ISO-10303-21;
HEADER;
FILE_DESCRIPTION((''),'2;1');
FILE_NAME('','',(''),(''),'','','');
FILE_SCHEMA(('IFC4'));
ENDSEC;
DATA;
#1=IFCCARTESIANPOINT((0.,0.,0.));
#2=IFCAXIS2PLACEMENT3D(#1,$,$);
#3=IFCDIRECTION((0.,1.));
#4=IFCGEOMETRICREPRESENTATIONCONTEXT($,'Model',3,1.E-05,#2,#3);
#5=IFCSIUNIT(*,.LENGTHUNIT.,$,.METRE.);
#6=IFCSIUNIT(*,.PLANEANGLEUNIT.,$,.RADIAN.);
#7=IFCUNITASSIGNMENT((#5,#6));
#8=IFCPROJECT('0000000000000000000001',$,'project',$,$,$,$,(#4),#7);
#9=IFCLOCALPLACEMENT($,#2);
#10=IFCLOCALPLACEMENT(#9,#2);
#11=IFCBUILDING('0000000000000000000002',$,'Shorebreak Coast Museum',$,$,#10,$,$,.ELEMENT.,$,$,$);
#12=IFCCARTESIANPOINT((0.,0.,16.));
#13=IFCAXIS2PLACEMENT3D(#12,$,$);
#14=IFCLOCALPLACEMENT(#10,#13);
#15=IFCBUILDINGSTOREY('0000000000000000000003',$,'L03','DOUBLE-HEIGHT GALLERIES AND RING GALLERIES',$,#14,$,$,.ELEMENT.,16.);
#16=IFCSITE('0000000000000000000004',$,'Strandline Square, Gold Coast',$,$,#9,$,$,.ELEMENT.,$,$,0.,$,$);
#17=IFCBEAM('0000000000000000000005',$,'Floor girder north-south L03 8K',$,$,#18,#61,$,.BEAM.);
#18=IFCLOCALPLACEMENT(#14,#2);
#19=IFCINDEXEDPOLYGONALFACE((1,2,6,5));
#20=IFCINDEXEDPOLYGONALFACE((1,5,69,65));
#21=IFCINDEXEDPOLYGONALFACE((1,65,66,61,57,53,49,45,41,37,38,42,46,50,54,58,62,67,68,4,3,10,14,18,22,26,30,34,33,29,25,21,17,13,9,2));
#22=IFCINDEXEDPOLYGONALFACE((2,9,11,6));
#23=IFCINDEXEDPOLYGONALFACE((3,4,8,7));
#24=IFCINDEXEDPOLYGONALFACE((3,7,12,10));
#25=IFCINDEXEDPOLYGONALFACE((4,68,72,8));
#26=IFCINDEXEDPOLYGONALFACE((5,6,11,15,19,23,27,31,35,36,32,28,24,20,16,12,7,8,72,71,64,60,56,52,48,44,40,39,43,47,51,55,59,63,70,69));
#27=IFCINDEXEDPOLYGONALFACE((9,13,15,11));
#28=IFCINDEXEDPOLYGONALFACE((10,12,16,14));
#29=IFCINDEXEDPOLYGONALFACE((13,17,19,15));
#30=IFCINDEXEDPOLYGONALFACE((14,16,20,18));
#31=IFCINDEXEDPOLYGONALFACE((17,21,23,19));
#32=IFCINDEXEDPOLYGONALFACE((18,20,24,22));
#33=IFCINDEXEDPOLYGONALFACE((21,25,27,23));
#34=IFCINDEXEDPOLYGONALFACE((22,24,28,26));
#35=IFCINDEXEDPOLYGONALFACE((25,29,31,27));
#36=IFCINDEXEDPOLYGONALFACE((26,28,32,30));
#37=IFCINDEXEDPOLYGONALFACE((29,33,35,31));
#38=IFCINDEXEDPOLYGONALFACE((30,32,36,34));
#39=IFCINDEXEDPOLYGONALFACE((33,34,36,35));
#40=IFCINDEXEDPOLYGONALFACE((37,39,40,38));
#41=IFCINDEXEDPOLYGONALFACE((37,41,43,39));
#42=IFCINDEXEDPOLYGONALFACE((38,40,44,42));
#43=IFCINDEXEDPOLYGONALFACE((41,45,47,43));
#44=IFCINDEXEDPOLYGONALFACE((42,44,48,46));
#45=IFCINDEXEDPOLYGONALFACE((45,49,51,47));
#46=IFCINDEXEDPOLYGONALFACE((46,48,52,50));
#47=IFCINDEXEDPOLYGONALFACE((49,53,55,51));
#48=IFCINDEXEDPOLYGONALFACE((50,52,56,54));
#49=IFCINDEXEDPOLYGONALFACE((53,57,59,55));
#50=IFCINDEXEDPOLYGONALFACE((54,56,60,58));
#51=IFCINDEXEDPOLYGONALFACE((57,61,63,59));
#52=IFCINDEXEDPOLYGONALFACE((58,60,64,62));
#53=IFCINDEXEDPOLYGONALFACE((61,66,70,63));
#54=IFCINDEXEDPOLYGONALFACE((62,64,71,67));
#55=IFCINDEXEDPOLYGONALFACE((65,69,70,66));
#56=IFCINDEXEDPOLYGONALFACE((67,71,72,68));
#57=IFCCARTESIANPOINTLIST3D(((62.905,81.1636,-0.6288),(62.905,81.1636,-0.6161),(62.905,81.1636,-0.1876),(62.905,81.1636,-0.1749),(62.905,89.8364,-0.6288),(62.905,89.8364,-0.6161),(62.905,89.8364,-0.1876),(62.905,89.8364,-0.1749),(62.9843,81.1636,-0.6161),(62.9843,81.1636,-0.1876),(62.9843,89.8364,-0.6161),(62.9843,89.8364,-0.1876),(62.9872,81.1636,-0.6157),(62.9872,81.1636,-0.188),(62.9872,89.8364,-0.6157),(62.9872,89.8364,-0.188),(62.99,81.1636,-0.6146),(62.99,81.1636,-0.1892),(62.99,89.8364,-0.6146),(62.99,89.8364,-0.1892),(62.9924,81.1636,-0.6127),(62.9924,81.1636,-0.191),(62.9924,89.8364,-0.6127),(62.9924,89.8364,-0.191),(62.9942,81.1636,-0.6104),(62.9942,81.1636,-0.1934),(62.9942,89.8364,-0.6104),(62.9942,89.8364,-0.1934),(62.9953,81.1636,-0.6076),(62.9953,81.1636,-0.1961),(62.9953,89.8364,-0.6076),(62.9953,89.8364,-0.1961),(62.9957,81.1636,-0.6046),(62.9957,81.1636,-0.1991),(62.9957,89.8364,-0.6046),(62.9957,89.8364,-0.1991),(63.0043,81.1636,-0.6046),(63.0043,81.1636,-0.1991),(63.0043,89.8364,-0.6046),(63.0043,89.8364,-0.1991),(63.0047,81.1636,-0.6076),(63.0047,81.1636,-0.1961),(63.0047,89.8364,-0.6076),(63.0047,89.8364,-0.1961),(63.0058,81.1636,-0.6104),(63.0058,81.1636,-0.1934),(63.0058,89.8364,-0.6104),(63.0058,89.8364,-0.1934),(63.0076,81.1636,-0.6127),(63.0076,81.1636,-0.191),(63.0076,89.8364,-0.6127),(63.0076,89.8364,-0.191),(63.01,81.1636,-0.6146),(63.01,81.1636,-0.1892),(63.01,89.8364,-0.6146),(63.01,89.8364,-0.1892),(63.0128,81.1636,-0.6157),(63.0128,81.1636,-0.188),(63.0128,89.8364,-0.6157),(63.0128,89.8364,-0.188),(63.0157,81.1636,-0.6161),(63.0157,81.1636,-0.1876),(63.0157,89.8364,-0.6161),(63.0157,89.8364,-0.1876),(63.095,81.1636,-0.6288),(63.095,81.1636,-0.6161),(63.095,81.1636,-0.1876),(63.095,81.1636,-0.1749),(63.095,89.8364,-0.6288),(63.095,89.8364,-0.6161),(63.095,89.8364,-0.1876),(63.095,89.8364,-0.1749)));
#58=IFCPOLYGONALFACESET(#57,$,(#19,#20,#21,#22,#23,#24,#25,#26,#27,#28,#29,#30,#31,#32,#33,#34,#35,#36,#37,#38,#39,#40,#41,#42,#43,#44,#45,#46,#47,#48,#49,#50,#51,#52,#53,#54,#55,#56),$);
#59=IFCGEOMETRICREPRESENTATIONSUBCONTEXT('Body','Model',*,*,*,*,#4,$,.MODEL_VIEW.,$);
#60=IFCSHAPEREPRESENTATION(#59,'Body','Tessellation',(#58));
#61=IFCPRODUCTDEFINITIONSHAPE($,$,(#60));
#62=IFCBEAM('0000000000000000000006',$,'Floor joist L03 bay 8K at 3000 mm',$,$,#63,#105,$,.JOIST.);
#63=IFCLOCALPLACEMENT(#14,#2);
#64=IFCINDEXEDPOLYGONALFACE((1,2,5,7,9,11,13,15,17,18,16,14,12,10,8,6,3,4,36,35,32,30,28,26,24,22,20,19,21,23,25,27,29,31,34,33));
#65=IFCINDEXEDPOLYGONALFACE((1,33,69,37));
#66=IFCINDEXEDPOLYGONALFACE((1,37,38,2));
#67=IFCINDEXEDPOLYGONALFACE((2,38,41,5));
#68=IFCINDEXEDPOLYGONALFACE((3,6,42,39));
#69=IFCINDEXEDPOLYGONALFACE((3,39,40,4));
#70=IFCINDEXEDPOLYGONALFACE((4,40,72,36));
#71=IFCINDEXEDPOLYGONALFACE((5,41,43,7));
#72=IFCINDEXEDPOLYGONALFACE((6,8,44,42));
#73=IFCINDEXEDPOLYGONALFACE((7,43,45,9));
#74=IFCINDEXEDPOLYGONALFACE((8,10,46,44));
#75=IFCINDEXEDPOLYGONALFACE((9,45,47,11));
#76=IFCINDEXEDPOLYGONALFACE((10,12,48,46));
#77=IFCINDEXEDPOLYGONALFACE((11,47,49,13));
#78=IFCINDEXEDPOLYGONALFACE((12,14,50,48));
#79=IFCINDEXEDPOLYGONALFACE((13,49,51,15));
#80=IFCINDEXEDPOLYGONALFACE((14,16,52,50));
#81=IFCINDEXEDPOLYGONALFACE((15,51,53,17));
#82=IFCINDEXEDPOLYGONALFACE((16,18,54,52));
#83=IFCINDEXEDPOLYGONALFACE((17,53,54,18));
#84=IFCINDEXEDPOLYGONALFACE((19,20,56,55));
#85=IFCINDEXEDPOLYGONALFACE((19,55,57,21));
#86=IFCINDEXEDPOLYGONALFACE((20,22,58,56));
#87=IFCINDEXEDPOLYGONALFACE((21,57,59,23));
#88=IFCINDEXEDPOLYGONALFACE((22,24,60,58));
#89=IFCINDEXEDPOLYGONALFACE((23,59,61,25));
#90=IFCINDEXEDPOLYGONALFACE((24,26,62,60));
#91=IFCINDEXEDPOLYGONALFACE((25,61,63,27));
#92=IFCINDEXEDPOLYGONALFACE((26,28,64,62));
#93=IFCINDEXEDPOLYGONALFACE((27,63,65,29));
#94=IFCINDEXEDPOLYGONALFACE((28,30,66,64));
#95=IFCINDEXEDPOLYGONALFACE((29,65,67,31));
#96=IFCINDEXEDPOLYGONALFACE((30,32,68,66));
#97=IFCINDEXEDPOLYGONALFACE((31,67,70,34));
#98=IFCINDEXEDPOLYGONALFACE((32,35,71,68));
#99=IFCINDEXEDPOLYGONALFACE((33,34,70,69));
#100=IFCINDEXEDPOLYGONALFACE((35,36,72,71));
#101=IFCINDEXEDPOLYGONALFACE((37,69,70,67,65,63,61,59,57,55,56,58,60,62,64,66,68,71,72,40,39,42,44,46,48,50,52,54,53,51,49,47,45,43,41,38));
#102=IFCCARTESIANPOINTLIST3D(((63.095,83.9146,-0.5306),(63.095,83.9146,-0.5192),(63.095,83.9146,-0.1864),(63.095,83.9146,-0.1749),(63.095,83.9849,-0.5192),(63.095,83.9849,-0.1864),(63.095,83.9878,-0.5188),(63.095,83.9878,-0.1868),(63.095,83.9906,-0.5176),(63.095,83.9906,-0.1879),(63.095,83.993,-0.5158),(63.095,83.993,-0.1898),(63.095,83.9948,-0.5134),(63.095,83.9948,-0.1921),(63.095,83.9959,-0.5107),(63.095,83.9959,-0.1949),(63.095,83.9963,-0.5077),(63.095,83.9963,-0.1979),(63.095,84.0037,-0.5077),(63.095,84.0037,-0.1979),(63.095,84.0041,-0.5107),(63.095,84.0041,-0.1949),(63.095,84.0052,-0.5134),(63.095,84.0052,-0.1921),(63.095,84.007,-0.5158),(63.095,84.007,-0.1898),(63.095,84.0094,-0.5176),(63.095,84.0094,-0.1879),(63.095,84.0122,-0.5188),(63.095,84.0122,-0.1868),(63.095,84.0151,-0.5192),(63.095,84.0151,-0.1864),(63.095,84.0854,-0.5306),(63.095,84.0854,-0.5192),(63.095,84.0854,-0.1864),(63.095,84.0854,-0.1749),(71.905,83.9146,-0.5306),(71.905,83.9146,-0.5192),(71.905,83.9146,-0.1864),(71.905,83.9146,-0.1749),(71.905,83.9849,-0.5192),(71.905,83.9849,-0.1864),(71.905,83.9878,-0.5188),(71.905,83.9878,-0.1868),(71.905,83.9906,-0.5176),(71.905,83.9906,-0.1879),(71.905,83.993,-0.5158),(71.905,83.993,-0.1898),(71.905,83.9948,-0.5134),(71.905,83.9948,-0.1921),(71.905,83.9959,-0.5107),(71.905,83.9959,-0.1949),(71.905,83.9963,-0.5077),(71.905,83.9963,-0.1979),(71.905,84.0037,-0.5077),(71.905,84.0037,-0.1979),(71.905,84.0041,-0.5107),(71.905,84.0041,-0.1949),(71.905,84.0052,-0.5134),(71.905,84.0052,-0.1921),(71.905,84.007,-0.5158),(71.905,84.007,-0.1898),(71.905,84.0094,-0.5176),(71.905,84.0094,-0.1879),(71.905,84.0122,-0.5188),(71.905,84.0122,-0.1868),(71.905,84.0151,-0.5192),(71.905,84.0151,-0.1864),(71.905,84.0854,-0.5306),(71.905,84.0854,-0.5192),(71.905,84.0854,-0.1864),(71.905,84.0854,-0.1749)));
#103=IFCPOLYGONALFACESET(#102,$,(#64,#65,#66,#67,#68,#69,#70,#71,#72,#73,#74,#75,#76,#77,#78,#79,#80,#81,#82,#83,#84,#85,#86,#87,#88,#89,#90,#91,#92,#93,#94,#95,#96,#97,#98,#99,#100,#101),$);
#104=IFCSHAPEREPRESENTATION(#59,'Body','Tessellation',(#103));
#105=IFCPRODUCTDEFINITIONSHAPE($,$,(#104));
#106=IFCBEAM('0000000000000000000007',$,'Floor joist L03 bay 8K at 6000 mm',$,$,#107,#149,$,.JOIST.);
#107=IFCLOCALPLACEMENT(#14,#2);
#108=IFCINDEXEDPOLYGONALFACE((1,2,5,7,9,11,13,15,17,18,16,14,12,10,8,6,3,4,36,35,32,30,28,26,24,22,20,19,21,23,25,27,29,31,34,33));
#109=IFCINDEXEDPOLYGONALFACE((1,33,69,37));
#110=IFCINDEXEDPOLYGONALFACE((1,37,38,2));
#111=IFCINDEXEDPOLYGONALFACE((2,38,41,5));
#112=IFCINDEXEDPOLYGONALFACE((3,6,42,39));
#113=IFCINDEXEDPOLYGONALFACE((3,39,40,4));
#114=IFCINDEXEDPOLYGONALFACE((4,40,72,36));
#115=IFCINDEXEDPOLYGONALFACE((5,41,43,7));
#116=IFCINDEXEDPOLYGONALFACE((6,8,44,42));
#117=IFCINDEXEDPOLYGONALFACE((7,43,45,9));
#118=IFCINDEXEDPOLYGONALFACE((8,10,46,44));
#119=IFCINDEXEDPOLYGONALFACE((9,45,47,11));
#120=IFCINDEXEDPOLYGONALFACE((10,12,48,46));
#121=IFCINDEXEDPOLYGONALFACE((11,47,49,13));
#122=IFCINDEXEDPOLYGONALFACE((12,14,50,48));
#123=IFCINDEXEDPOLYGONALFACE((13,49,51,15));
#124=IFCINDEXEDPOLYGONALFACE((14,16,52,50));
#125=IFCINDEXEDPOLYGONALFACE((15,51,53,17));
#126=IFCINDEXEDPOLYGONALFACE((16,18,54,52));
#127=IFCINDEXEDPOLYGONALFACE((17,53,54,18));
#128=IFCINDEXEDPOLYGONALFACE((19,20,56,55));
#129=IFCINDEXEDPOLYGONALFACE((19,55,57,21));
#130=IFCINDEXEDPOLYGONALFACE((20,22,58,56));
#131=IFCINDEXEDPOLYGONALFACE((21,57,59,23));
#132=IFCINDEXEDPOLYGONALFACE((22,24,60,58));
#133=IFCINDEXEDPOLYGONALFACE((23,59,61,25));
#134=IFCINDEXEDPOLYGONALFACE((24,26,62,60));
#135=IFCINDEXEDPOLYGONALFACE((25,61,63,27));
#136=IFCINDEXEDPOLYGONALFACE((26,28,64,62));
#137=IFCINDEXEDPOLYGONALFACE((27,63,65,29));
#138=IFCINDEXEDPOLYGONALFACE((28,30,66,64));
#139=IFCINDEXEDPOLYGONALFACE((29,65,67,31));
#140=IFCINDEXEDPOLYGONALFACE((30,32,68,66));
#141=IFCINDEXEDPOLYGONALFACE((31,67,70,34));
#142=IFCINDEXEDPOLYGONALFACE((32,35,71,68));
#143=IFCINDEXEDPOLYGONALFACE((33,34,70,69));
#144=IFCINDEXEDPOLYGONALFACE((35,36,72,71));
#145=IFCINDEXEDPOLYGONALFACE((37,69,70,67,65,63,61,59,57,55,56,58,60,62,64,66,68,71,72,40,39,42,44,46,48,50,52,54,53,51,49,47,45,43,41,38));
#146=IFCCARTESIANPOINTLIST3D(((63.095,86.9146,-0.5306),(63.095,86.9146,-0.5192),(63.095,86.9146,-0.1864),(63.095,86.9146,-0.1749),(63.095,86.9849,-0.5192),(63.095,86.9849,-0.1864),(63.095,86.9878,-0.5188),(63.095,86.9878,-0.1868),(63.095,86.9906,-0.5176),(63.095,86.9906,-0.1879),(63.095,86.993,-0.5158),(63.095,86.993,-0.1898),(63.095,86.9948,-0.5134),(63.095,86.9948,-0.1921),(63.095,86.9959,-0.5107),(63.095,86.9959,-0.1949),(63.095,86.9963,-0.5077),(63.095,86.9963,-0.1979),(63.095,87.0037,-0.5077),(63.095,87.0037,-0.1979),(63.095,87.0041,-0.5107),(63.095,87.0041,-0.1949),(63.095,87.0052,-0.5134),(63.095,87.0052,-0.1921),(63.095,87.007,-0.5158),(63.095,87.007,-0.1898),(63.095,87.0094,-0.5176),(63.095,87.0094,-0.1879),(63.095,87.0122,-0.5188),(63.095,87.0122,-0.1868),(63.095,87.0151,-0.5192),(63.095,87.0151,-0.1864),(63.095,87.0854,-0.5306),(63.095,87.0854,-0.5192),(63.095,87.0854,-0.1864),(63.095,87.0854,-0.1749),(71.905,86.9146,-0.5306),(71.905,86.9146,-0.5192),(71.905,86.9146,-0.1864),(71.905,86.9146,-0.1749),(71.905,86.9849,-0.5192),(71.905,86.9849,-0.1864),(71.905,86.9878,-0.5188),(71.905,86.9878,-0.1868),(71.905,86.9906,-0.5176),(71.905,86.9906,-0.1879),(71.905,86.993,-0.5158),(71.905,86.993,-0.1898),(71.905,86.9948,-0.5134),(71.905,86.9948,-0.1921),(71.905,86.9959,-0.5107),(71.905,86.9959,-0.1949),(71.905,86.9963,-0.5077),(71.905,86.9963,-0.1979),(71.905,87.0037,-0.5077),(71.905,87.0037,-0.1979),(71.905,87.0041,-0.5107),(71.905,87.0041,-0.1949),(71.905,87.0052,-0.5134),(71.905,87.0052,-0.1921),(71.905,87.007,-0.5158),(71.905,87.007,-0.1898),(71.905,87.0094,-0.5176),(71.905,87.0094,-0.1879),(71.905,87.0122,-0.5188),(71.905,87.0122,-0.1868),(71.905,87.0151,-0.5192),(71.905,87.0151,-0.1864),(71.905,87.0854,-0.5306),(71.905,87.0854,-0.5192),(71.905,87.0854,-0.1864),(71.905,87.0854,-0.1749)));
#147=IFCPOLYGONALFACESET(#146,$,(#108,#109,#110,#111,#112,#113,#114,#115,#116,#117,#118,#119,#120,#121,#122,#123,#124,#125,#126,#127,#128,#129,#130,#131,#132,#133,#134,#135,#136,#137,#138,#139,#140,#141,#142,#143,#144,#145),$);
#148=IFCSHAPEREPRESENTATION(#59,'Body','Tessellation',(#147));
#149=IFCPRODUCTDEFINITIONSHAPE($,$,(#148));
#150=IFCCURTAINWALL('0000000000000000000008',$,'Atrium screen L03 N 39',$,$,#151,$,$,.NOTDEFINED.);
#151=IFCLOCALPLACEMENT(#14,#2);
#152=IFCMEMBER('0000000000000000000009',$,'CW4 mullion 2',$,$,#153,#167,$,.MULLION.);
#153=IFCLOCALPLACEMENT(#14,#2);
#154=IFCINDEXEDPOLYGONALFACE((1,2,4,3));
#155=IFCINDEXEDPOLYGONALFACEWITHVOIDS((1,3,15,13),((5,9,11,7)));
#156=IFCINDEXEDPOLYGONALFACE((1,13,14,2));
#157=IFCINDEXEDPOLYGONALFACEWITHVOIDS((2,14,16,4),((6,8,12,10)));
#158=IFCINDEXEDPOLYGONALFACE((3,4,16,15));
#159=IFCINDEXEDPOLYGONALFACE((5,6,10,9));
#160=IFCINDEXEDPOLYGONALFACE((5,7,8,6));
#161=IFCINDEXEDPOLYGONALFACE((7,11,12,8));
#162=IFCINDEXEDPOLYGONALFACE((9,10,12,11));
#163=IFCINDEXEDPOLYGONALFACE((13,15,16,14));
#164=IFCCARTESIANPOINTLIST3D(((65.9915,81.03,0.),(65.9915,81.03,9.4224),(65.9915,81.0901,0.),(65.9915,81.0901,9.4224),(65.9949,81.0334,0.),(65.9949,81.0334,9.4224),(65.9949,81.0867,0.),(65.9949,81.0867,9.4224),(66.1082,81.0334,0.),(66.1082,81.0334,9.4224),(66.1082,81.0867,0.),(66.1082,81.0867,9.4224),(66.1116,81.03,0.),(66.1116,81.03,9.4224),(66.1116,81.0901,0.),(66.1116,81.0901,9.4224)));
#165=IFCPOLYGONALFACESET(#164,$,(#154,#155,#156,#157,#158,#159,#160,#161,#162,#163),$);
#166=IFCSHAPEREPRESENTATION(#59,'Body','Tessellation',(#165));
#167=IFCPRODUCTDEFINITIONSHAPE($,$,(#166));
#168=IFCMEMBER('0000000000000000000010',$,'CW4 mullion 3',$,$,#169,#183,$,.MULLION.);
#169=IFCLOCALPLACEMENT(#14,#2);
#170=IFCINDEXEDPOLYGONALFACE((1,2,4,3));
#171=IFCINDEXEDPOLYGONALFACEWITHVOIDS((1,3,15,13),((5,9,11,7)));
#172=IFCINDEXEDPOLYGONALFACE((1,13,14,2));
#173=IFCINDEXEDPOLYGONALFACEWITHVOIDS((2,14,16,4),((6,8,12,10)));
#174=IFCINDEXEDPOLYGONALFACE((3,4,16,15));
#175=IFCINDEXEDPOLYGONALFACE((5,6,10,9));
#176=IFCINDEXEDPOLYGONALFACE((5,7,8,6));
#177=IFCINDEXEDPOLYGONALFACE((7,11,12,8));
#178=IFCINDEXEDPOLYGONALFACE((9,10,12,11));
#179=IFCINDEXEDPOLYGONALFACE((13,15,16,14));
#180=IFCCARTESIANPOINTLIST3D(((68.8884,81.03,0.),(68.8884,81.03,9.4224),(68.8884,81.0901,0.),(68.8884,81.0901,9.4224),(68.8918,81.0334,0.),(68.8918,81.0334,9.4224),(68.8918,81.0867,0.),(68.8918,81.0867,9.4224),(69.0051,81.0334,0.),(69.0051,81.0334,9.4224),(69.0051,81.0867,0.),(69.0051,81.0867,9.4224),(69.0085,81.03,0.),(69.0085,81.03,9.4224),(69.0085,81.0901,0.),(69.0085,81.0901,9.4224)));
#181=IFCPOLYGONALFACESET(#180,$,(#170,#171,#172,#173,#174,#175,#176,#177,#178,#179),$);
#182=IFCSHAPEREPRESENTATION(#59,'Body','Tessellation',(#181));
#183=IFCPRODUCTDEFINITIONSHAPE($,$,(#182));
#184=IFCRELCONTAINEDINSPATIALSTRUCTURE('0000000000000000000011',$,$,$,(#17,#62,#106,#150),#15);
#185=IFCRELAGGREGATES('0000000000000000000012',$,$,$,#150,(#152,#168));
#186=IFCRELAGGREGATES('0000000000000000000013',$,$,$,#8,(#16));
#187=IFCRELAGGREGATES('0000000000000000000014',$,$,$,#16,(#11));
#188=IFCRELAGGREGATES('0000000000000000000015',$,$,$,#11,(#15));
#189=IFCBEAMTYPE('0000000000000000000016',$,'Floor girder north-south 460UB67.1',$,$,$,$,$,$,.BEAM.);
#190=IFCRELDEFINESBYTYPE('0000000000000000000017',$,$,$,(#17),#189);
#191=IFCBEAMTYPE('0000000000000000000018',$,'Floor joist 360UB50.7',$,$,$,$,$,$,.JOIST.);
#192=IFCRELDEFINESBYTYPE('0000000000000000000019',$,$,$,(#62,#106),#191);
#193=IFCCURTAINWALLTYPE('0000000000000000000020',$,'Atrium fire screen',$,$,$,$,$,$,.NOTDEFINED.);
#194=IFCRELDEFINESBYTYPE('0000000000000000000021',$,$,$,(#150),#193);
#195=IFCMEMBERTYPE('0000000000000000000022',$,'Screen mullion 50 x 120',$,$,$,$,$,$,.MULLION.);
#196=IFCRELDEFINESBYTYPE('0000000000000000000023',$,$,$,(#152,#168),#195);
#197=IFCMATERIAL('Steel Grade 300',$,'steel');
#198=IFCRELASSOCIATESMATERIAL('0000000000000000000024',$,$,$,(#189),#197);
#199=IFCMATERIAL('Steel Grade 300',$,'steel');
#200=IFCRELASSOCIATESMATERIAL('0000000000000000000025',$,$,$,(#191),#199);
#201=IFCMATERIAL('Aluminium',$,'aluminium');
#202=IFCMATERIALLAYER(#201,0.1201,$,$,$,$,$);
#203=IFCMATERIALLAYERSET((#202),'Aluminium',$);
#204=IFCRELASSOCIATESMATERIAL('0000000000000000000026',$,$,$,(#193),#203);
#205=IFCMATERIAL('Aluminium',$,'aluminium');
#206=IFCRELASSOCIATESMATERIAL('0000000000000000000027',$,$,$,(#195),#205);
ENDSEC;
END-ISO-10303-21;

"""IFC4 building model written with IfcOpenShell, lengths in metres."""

from ifc_helpers import new_model, si_unit, direction, frame, origin, origin_2d, place, context, subcontext, project, spatial, hollow_rectangle, i_section, extrude, material, layer, layer_set, material_profile, profile_set, type_object, element, aggregate, save


model = new_model("IFC4")

# Units and contexts
model_context = context("Model", 3, precision=1e-05, world=origin(), true_north=direction((0.0, 1.0)))
body_context = subcontext(model_context, "Body", "Model", "MODEL_VIEW")
ifc_project = project(units=[si_unit("LENGTHUNIT", "METRE"), si_unit("PLANEANGLEUNIT", "RADIAN")], contexts=[model_context])

# Site, building, storey
site_placement = place(None, origin())
site = spatial("IfcSite", under=ifc_project, at=site_placement, Name="Strandline Square, Gold Coast", CompositionType="ELEMENT", RefElevation=0.0)
building_placement = place(site_placement, origin())
building = spatial("IfcBuilding", under=site, at=building_placement, Name="Shorebreak Coast Museum", CompositionType="ELEMENT")
storey_placement = place(building_placement, frame((0.0, 0.0, 16.0)))
storey = spatial("IfcBuildingStorey", under=building, at=storey_placement, Name="L03", Description="DOUBLE-HEIGHT GALLERIES AND RING GALLERIES", CompositionType="ELEMENT", Elevation=16.0)

# Beams
ifc_material_1 = material(Name="Steel Grade 300", Category="steel")
ifc_material_profile_1 = material_profile(ifc_material_1, i_section(OverallWidth=0.1899, OverallDepth=0.4539, WebThickness=0.0085, FlangeThickness=0.0127, FilletRadius=0.0115, at=origin_2d()), Name="460UB67.1")
ifc_profile_set_1 = profile_set([ifc_material_profile_1], Name="Steel Grade 300")
beam_type_1 = type_object("IfcBeamType", Name="Floor girder north-south 460UB67.1", PredefinedType="BEAM", material=ifc_profile_set_1)
beam_placement = place(storey_placement, frame((63.0, 81.1636, -0.4019), z_axis=(0.0, 1.0, 0.0), x_axis=(-1.0, 0.0, 0.0)))
element("IfcBeam", 1, at=beam_placement, inside=storey, type_object=beam_type_1, Name="Floor girder north-south L03 8K", PredefinedType="BEAM", context=body_context, shape_type="SweptSolid", body=[
    extrude(i_section(OverallWidth=0.1899, OverallDepth=0.4539, WebThickness=0.0085, FlangeThickness=0.0127, FilletRadius=0.0115, at=origin_2d()), origin(), (0.0, 0.0, 1.0), 8.6729),
])
ifc_material_2 = material(Name="Steel Grade 300", Category="steel")
ifc_material_profile_2 = material_profile(ifc_material_2, i_section(OverallWidth=0.1709, OverallDepth=0.3557, WebThickness=0.0073, FlangeThickness=0.0115, FilletRadius=0.0115, at=origin_2d()), Name="360UB50.7")
ifc_profile_set_2 = profile_set([ifc_material_profile_2], Name="Steel Grade 300")
beam_type_2 = type_object("IfcBeamType", Name="Floor joist 360UB50.7", PredefinedType="JOIST", material=ifc_profile_set_2)
for number, where, z_axis, x_axis, name in (
    (2, (63.095, 84.0, -0.3528), (1.0, 0.0, 0.0), (0.0, 1.0, 0.0), "Floor joist L03 bay 8K at 3000 mm"),
    (3, (63.095, 87.0, -0.3528), (1.0, 0.0, 0.0), (0.0, 1.0, 0.0), "Floor joist L03 bay 8K at 6000 mm"),
):
    element("IfcBeam", number, at=place(storey_placement, frame(where, z_axis=z_axis, x_axis=x_axis)), inside=storey, type_object=beam_type_2, Name=name, PredefinedType="JOIST", context=body_context, shape_type="SweptSolid", body=[
        extrude(i_section(OverallWidth=0.1709, OverallDepth=0.3557, WebThickness=0.0073, FlangeThickness=0.0115, FilletRadius=0.0115, at=origin_2d()), origin(), (0.0, 0.0, 1.0), 8.8101),
    ])

# Curtain wall, members
ifc_material_3 = material(Name="Aluminium", Category="aluminium")
ifc_layer_1 = layer(ifc_material_3, 0.1201)
ifc_layer_set_1 = layer_set([ifc_layer_1], Name="Aluminium")
curtain_wall_type = type_object("IfcCurtainWallType", Name="Atrium fire screen", PredefinedType="NOTDEFINED", material=ifc_layer_set_1)
curtain_wall_placement = place(storey_placement, origin())
curtain_wall = element("IfcCurtainWall", 4, at=curtain_wall_placement, inside=storey, type_object=curtain_wall_type, Name="Atrium screen L03 N 39", PredefinedType="NOTDEFINED")
ifc_material_4 = material(Name="Aluminium", Category="aluminium")
ifc_material_profile_3 = material_profile(ifc_material_4, hollow_rectangle(XDim=0.0601, YDim=0.1201, WallThickness=0.0034, at=origin_2d()), Name="AL 120x60 RHS")
ifc_profile_set_3 = profile_set([ifc_material_profile_3], Name="Aluminium")
member_type_1 = type_object("IfcMemberType", Name="Screen mullion 50 x 120", PredefinedType="MULLION", material=ifc_profile_set_3)
member_1_placement = place(storey_placement, frame((66.0515, 81.0601, 0.0), z_axis=(0.0, 0.0, 1.0), x_axis=(0.0, 1.0, 0.0)))
member_1 = element("IfcMember", 5, at=member_1_placement, type_object=member_type_1, Name="CW4 mullion 2", PredefinedType="MULLION", context=body_context, shape_type="SweptSolid", body=[
    extrude(hollow_rectangle(XDim=0.0601, YDim=0.1201, WallThickness=0.0034, at=origin_2d()), origin(), (0.0, 0.0, 1.0), 9.4224),
])
member_2_placement = place(storey_placement, frame((68.9485, 81.0601, 0.0), z_axis=(0.0, 0.0, 1.0), x_axis=(0.0, 1.0, 0.0)))
member_2 = element("IfcMember", 6, at=member_2_placement, type_object=member_type_1, Name="CW4 mullion 3", PredefinedType="MULLION", context=body_context, shape_type="SweptSolid", body=[
    extrude(hollow_rectangle(XDim=0.0601, YDim=0.1201, WallThickness=0.0034, at=origin_2d()), origin(), (0.0, 0.0, 1.0), 9.4224),
])
aggregate(curtain_wall, [member_1, member_2])

save(model, "model.ifc")
